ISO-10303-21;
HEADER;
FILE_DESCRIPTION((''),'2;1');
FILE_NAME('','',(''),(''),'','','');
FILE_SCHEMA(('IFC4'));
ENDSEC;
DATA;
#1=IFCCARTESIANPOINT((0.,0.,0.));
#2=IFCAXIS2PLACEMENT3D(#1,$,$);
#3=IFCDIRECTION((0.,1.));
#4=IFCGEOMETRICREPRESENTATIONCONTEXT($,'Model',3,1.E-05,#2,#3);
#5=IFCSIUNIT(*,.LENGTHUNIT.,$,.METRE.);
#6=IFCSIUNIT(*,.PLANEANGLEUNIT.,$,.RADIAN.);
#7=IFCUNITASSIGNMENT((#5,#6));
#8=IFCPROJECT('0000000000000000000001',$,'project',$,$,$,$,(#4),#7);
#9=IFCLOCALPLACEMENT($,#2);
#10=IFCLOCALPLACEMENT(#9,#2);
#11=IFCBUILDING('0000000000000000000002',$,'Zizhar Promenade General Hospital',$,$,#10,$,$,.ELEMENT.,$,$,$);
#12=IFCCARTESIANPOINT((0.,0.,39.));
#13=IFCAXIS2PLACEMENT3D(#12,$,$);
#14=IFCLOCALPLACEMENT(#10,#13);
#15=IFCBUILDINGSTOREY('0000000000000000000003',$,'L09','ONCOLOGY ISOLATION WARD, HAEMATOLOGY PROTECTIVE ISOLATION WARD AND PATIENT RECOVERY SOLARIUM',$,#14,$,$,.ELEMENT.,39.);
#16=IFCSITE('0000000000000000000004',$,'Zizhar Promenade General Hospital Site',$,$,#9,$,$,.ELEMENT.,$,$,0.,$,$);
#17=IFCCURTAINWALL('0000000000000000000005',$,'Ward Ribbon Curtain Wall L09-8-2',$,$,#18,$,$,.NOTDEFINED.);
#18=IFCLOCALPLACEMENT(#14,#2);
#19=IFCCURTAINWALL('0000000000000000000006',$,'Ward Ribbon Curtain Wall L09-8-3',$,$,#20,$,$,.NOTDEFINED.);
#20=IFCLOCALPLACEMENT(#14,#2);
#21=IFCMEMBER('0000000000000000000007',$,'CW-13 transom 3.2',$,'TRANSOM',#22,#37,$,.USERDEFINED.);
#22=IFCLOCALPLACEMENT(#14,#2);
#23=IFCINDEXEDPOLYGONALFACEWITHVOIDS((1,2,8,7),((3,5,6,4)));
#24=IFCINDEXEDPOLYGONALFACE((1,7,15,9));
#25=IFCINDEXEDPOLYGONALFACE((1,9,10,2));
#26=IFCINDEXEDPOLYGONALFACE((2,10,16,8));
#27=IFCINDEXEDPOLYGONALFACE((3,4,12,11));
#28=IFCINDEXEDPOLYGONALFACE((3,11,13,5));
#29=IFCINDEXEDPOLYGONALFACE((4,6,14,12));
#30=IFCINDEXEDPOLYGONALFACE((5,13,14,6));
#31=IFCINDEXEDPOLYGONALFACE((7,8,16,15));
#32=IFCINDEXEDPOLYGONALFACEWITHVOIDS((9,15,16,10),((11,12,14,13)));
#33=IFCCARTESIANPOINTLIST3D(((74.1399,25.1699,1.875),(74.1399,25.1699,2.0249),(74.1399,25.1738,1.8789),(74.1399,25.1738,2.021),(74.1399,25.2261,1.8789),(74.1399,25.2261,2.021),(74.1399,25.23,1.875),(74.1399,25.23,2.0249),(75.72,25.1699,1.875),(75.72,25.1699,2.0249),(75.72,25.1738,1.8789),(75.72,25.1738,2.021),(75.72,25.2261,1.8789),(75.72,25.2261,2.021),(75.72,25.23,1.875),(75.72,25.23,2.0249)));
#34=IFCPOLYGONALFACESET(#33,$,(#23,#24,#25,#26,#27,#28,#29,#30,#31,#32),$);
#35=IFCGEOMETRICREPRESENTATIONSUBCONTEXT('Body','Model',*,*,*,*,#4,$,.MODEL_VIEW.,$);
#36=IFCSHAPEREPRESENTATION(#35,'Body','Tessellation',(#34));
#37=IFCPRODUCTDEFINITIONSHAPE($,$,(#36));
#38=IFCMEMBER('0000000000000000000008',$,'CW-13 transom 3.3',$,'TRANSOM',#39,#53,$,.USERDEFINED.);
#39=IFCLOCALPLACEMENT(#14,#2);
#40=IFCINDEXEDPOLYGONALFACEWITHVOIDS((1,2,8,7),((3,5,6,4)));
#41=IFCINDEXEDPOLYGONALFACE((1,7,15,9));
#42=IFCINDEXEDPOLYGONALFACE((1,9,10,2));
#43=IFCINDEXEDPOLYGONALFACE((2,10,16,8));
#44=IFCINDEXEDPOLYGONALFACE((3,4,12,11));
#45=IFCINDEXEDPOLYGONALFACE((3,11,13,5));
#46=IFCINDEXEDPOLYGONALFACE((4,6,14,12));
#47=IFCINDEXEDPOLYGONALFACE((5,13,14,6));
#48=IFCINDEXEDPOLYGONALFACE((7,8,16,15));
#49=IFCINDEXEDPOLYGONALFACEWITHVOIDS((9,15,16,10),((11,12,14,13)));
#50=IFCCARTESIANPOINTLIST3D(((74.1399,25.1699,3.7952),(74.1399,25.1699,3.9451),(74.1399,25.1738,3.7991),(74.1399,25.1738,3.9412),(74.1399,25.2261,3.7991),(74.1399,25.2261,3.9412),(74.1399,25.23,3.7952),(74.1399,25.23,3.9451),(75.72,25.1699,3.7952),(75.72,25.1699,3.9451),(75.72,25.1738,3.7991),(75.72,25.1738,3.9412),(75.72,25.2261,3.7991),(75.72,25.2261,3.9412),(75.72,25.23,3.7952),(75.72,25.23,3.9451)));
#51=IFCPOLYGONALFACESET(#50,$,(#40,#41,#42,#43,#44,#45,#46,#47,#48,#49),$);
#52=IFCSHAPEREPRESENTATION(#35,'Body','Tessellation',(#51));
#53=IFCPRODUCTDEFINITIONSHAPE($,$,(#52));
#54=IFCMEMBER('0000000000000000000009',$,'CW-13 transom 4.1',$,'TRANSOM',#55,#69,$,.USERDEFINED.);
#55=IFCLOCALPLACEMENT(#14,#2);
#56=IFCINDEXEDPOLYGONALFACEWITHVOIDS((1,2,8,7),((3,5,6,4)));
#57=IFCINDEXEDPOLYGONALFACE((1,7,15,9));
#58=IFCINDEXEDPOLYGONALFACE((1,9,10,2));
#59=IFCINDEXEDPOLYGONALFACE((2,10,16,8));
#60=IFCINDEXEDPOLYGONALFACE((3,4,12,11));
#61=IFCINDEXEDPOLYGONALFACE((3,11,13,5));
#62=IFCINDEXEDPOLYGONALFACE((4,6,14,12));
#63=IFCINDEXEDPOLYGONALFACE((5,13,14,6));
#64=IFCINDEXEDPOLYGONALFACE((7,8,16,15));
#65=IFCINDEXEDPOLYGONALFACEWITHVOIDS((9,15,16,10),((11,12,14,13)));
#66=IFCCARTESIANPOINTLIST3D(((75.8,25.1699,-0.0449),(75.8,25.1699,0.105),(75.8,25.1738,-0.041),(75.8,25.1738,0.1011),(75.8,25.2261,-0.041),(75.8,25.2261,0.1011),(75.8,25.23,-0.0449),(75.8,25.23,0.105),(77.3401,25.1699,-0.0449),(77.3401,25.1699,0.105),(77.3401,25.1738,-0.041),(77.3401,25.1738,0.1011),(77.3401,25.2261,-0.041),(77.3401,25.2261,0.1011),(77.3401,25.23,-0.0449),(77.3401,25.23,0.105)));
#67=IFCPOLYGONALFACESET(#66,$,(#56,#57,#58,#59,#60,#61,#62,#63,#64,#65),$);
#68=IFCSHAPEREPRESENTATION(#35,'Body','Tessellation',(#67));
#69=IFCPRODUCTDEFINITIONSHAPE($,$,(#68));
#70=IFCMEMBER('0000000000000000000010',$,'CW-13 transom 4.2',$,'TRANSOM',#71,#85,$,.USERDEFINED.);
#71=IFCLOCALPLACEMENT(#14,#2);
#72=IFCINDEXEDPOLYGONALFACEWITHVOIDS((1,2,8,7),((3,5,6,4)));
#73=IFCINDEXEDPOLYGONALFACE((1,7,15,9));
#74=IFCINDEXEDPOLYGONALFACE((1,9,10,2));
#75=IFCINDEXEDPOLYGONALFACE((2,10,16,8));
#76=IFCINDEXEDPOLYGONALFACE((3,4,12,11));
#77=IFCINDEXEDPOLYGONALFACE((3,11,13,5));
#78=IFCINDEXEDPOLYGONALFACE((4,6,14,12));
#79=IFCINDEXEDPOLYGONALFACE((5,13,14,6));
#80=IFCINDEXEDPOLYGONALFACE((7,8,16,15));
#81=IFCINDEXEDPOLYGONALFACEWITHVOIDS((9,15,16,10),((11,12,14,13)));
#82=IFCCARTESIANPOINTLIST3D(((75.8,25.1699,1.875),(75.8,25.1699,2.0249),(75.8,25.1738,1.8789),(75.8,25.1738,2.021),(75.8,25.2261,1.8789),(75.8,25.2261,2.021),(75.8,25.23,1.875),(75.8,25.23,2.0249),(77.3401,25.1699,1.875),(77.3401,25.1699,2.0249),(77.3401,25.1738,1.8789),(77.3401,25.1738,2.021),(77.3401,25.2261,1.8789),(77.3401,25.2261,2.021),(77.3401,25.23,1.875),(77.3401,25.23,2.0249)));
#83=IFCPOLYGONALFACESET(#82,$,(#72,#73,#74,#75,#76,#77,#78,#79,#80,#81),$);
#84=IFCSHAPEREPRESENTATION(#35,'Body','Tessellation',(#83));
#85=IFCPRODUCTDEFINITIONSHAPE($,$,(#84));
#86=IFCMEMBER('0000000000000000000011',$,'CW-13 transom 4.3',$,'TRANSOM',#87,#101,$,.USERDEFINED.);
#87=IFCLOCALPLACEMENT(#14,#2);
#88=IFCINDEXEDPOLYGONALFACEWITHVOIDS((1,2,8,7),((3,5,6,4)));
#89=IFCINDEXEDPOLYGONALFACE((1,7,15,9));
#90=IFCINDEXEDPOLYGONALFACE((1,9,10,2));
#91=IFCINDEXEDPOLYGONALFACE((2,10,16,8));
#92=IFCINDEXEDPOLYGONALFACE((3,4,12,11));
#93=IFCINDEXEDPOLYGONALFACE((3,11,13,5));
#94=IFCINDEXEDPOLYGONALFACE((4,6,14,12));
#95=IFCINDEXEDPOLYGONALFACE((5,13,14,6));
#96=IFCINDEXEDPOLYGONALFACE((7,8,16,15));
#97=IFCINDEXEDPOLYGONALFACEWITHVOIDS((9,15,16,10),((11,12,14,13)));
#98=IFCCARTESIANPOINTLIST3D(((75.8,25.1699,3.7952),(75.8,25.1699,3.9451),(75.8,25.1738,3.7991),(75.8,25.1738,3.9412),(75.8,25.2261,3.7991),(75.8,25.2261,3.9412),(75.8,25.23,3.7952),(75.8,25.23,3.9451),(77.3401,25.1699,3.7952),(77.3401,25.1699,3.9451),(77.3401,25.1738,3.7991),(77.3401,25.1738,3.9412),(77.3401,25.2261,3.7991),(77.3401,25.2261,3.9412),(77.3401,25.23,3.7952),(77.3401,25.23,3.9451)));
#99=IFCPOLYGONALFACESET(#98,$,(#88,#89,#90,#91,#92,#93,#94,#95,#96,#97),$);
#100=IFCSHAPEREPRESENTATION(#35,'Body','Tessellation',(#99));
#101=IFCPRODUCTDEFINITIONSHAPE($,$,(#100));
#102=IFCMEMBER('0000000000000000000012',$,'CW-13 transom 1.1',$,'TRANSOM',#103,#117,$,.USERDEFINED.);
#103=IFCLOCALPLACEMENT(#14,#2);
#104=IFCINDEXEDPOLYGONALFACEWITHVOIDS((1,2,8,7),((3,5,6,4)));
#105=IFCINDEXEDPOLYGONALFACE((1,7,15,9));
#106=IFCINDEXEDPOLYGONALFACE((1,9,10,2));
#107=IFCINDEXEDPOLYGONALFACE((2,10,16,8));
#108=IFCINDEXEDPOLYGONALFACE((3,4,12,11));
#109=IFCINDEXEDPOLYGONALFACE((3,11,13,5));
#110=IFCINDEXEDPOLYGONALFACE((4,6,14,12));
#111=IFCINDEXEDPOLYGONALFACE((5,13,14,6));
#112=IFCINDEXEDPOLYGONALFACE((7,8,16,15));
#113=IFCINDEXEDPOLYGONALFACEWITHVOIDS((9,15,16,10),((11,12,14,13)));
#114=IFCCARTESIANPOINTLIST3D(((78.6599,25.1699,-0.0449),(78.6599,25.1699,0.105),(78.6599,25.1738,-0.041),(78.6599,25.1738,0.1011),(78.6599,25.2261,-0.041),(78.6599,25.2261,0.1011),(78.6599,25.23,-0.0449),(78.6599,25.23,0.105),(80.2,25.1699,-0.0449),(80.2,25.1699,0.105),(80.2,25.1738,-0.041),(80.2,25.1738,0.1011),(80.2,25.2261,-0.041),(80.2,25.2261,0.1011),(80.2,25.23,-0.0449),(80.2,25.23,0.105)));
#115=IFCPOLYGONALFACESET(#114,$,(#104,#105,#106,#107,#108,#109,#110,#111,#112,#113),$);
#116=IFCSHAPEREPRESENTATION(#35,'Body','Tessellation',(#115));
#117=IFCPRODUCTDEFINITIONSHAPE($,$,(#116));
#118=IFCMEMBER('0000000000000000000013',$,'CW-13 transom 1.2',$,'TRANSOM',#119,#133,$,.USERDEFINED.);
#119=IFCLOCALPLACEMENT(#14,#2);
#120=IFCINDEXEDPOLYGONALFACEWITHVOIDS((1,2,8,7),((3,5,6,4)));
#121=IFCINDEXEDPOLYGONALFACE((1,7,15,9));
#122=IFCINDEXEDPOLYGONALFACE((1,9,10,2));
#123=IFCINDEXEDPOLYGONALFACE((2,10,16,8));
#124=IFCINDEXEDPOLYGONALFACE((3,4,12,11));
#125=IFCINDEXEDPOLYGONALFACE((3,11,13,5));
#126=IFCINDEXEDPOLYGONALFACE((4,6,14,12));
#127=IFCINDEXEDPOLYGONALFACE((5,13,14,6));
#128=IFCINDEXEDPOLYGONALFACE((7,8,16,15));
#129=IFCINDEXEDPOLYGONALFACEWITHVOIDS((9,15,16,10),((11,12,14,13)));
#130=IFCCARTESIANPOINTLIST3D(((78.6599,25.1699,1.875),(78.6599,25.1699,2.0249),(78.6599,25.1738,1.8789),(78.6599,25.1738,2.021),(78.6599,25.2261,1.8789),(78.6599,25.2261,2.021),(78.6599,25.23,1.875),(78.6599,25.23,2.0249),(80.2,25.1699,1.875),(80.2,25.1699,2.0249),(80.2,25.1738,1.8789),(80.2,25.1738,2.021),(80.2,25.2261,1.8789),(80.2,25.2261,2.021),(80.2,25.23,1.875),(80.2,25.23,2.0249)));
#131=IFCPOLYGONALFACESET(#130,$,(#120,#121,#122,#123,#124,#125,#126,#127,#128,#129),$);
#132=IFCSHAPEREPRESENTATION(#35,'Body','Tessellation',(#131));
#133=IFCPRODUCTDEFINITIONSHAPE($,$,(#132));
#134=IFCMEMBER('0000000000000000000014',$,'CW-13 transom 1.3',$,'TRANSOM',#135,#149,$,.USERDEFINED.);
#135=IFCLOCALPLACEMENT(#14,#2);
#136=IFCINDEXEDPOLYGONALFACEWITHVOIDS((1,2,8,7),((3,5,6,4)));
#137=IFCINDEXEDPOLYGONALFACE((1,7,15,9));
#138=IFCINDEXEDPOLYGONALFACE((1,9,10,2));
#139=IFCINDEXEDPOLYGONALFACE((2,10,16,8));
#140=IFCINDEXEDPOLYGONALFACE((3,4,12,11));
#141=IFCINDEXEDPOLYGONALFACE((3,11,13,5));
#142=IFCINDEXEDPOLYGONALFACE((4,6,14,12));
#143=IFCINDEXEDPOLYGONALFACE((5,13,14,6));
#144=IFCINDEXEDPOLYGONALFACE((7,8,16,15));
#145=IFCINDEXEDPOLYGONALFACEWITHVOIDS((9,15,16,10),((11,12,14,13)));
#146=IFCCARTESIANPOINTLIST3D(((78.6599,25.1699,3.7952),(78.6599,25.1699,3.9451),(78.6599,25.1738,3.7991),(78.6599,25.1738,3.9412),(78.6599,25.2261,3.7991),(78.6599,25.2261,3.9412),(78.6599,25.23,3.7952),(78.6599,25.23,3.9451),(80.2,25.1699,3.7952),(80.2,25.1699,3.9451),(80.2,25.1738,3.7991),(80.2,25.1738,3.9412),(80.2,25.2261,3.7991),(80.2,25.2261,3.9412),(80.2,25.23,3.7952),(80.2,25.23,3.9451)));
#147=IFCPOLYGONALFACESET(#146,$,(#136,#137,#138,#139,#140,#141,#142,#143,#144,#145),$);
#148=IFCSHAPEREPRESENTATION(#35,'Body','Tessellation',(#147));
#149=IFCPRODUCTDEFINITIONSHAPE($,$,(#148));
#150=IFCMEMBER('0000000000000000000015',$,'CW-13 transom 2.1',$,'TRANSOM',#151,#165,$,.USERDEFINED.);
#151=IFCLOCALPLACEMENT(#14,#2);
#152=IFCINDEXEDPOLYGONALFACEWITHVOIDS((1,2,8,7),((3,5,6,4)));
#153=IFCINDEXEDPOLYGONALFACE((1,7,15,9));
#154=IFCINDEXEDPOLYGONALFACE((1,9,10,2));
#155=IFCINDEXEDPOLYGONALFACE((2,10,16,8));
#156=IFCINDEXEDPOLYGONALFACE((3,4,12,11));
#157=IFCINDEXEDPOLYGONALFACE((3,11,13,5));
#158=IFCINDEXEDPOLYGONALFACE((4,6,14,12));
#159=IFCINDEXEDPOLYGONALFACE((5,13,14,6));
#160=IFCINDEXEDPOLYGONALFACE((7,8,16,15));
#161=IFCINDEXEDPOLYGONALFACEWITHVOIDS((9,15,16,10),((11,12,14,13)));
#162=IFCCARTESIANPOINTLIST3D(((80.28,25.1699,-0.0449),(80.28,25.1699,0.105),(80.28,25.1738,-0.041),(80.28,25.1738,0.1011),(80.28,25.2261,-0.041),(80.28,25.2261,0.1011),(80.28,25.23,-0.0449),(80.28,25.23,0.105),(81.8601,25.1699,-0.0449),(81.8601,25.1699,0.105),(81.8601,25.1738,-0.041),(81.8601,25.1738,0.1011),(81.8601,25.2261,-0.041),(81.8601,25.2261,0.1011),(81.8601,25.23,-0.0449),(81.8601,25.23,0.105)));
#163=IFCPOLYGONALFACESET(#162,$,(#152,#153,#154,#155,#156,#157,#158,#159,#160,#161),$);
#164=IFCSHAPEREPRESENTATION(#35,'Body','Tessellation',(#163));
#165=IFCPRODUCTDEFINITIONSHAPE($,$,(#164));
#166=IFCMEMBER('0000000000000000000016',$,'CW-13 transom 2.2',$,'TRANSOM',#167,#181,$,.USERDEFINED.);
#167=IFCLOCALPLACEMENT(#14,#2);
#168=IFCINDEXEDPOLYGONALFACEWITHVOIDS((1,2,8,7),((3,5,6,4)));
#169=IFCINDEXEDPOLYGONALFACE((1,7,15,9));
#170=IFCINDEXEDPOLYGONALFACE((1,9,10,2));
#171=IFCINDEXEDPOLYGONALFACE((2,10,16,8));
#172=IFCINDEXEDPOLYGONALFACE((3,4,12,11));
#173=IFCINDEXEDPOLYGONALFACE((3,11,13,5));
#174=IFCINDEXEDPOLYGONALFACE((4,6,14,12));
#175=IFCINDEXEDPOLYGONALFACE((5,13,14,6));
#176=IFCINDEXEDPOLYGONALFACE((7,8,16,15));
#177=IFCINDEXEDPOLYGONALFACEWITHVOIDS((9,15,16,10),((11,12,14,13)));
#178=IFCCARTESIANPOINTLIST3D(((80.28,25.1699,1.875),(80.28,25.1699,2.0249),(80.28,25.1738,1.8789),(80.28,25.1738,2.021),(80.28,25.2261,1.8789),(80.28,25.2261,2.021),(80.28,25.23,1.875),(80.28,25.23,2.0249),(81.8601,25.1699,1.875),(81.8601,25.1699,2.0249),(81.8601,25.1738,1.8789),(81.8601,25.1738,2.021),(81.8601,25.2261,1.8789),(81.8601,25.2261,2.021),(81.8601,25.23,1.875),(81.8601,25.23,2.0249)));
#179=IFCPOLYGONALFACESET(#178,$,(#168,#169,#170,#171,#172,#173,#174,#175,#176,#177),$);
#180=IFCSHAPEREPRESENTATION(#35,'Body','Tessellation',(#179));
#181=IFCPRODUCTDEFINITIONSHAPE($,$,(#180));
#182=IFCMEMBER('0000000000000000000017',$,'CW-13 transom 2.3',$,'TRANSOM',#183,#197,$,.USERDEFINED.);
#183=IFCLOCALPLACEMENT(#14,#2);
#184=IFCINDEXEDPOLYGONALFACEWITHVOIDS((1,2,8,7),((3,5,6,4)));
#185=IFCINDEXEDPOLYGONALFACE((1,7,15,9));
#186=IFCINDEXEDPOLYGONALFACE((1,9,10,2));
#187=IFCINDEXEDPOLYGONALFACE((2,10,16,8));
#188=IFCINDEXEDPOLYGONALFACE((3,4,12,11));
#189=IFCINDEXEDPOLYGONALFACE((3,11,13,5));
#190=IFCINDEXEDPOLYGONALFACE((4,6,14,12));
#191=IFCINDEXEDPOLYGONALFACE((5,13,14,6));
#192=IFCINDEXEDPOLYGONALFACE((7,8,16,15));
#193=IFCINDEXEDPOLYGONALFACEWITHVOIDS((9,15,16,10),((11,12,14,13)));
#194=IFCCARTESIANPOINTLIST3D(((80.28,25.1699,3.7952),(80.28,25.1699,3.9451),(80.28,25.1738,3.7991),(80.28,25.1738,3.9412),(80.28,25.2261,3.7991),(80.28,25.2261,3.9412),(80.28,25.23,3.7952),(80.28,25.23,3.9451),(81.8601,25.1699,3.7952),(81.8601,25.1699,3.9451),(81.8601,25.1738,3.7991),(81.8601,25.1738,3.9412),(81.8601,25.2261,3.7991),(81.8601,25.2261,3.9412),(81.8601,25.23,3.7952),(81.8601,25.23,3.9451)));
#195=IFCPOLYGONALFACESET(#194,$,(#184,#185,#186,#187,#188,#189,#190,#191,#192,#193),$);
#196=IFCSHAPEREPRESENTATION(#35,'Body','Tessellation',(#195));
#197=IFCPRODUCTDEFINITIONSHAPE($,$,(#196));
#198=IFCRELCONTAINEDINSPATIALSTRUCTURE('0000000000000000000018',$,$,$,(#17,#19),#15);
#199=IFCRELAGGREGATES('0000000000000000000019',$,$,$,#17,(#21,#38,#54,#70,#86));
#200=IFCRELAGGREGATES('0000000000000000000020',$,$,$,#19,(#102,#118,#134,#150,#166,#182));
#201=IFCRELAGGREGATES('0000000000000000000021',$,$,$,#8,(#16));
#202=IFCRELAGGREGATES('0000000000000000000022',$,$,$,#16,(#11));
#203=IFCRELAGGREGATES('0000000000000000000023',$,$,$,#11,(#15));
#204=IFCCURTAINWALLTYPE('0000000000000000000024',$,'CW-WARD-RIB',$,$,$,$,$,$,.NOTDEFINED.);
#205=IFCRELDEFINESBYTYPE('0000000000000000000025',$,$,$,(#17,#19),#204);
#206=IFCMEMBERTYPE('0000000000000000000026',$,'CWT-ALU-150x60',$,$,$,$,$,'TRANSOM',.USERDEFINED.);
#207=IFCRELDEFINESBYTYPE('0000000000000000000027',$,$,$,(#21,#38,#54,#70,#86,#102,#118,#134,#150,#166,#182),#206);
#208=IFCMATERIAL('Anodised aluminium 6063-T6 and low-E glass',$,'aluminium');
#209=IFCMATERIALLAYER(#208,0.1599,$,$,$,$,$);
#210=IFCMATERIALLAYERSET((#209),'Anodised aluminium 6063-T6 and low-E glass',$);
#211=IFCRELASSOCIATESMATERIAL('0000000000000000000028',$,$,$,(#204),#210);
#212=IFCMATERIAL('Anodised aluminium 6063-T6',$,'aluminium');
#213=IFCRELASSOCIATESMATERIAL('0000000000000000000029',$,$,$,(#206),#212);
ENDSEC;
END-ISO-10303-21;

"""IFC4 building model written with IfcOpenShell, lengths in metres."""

from ifc_helpers import new_model, si_unit, direction, frame, origin, origin_2d, place, context, subcontext, project, spatial, hollow_rectangle, extrude, material, layer, layer_set, material_profile, profile_set, type_object, element, aggregate, save


model = new_model("IFC4")

# Units and contexts
model_context = context("Model", 3, precision=1e-05, world=origin(), true_north=direction((0.0, 1.0)))
body_context = subcontext(model_context, "Body", "Model", "MODEL_VIEW")
ifc_project = project(units=[si_unit("LENGTHUNIT", "METRE"), si_unit("PLANEANGLEUNIT", "RADIAN")], contexts=[model_context])

# Site, building, storey
site_placement = place(None, origin())
site = spatial("IfcSite", under=ifc_project, at=site_placement, Name="Zizhar Promenade General Hospital Site", CompositionType="ELEMENT", RefElevation=0.0)
building_placement = place(site_placement, origin())
building = spatial("IfcBuilding", under=site, at=building_placement, Name="Zizhar Promenade General Hospital", CompositionType="ELEMENT")
storey_placement = place(building_placement, frame((0.0, 0.0, 39.0)))
storey = spatial("IfcBuildingStorey", under=building, at=storey_placement, Name="L09", Description="ONCOLOGY ISOLATION WARD, HAEMATOLOGY PROTECTIVE ISOLATION WARD AND PATIENT RECOVERY SOLARIUM", CompositionType="ELEMENT", Elevation=39.0)

# Curtain walls
ifc_material_1 = material(Name="Anodised aluminium 6063-T6 and low-E glass", Category="aluminium")
ifc_layer_1 = layer(ifc_material_1, 0.1599)
ifc_layer_set_1 = layer_set([ifc_layer_1], Name="Anodised aluminium 6063-T6 and low-E glass")
curtain_wall_type = type_object("IfcCurtainWallType", Name="CW-WARD-RIB", PredefinedType="NOTDEFINED", material=ifc_layer_set_1)
curtain_wall_1_placement = place(storey_placement, origin())
curtain_wall_1 = element("IfcCurtainWall", 1, at=curtain_wall_1_placement, inside=storey, type_object=curtain_wall_type, Name="Ward Ribbon Curtain Wall L09-8-2", PredefinedType="NOTDEFINED")
curtain_wall_2_placement = place(storey_placement, origin())
curtain_wall_2 = element("IfcCurtainWall", 2, at=curtain_wall_2_placement, inside=storey, type_object=curtain_wall_type, Name="Ward Ribbon Curtain Wall L09-8-3", PredefinedType="NOTDEFINED")

# Members
ifc_material_2 = material(Name="Anodised aluminium 6063-T6", Category="aluminium")
ifc_material_profile_1 = material_profile(ifc_material_2, hollow_rectangle(XDim=0.0601, YDim=0.1499, WallThickness=0.0039, at=origin_2d()))
ifc_profile_set_1 = profile_set([ifc_material_profile_1], Name="Anodised aluminium 6063-T6")
member_type_1 = type_object("IfcMemberType", Name="CWT-ALU-150x60", ElementType="TRANSOM", PredefinedType="USERDEFINED", material=ifc_profile_set_1)
member_1_placement = place(storey_placement, frame((74.1399, 25.2, 1.95), z_axis=(1.0, 0.0, 0.0), x_axis=(0.0, 1.0, 0.0)))
member_1 = element("IfcMember", 3, at=member_1_placement, type_object=member_type_1, Name="CW-13 transom 3.2", ObjectType="TRANSOM", PredefinedType="USERDEFINED", context=body_context, shape_type="SweptSolid", body=[
    extrude(hollow_rectangle(XDim=0.0601, YDim=0.1499, WallThickness=0.0039, at=origin_2d()), origin(), (0.0, 0.0, 1.0), 1.5801),
])
member_2_placement = place(storey_placement, frame((74.1399, 25.2, 3.8701), z_axis=(1.0, 0.0, 0.0), x_axis=(0.0, 1.0, 0.0)))
member_2 = element("IfcMember", 4, at=member_2_placement, type_object=member_type_1, Name="CW-13 transom 3.3", ObjectType="TRANSOM", PredefinedType="USERDEFINED", context=body_context, shape_type="SweptSolid", body=[
    extrude(hollow_rectangle(XDim=0.0601, YDim=0.1499, WallThickness=0.0039, at=origin_2d()), origin(), (0.0, 0.0, 1.0), 1.5801),
])
member_3_placement = place(storey_placement, frame((75.8, 25.2, 0.03), z_axis=(1.0, 0.0, 0.0), x_axis=(0.0, 1.0, 0.0)))
member_3 = element("IfcMember", 5, at=member_3_placement, type_object=member_type_1, Name="CW-13 transom 4.1", ObjectType="TRANSOM", PredefinedType="USERDEFINED", context=body_context, shape_type="SweptSolid", body=[
    extrude(hollow_rectangle(XDim=0.0601, YDim=0.1499, WallThickness=0.0039, at=origin_2d()), origin(), (0.0, 0.0, 1.0), 1.54),
])
member_4_placement = place(storey_placement, frame((75.8, 25.2, 1.95), z_axis=(1.0, 0.0, 0.0), x_axis=(0.0, 1.0, 0.0)))
member_4 = element("IfcMember", 6, at=member_4_placement, type_object=member_type_1, Name="CW-13 transom 4.2", ObjectType="TRANSOM", PredefinedType="USERDEFINED", context=body_context, shape_type="SweptSolid", body=[
    extrude(hollow_rectangle(XDim=0.0601, YDim=0.1499, WallThickness=0.0039, at=origin_2d()), origin(), (0.0, 0.0, 1.0), 1.54),
])
member_5_placement = place(storey_placement, frame((75.8, 25.2, 3.8701), z_axis=(1.0, 0.0, 0.0), x_axis=(0.0, 1.0, 0.0)))
member_5 = element("IfcMember", 7, at=member_5_placement, type_object=member_type_1, Name="CW-13 transom 4.3", ObjectType="TRANSOM", PredefinedType="USERDEFINED", context=body_context, shape_type="SweptSolid", body=[
    extrude(hollow_rectangle(XDim=0.0601, YDim=0.1499, WallThickness=0.0039, at=origin_2d()), origin(), (0.0, 0.0, 1.0), 1.54),
])
member_6_placement = place(storey_placement, frame((78.6599, 25.2, 0.03), z_axis=(1.0, 0.0, 0.0), x_axis=(0.0, 1.0, 0.0)))
member_6 = element("IfcMember", 8, at=member_6_placement, type_object=member_type_1, Name="CW-13 transom 1.1", ObjectType="TRANSOM", PredefinedType="USERDEFINED", context=body_context, shape_type="SweptSolid", body=[
    extrude(hollow_rectangle(XDim=0.0601, YDim=0.1499, WallThickness=0.0039, at=origin_2d()), origin(), (0.0, 0.0, 1.0), 1.54),
])
member_7_placement = place(storey_placement, frame((78.6599, 25.2, 1.95), z_axis=(1.0, 0.0, 0.0), x_axis=(0.0, 1.0, 0.0)))
member_7 = element("IfcMember", 9, at=member_7_placement, type_object=member_type_1, Name="CW-13 transom 1.2", ObjectType="TRANSOM", PredefinedType="USERDEFINED", context=body_context, shape_type="SweptSolid", body=[
    extrude(hollow_rectangle(XDim=0.0601, YDim=0.1499, WallThickness=0.0039, at=origin_2d()), origin(), (0.0, 0.0, 1.0), 1.54),
])
member_8_placement = place(storey_placement, frame((78.6599, 25.2, 3.8701), z_axis=(1.0, 0.0, 0.0), x_axis=(0.0, 1.0, 0.0)))
member_8 = element("IfcMember", 10, at=member_8_placement, type_object=member_type_1, Name="CW-13 transom 1.3", ObjectType="TRANSOM", PredefinedType="USERDEFINED", context=body_context, shape_type="SweptSolid", body=[
    extrude(hollow_rectangle(XDim=0.0601, YDim=0.1499, WallThickness=0.0039, at=origin_2d()), origin(), (0.0, 0.0, 1.0), 1.54),
])
member_9_placement = place(storey_placement, frame((80.28, 25.2, 0.03), z_axis=(1.0, 0.0, 0.0), x_axis=(0.0, 1.0, 0.0)))
member_9 = element("IfcMember", 11, at=member_9_placement, type_object=member_type_1, Name="CW-13 transom 2.1", ObjectType="TRANSOM", PredefinedType="USERDEFINED", context=body_context, shape_type="SweptSolid", body=[
    extrude(hollow_rectangle(XDim=0.0601, YDim=0.1499, WallThickness=0.0039, at=origin_2d()), origin(), (0.0, 0.0, 1.0), 1.5801),
])
member_10_placement = place(storey_placement, frame((80.28, 25.2, 1.95), z_axis=(1.0, 0.0, 0.0), x_axis=(0.0, 1.0, 0.0)))
member_10 = element("IfcMember", 12, at=member_10_placement, type_object=member_type_1, Name="CW-13 transom 2.2", ObjectType="TRANSOM", PredefinedType="USERDEFINED", context=body_context, shape_type="SweptSolid", body=[
    extrude(hollow_rectangle(XDim=0.0601, YDim=0.1499, WallThickness=0.0039, at=origin_2d()), origin(), (0.0, 0.0, 1.0), 1.5801),
])
member_11_placement = place(storey_placement, frame((80.28, 25.2, 3.8701), z_axis=(1.0, 0.0, 0.0), x_axis=(0.0, 1.0, 0.0)))
member_11 = element("IfcMember", 13, at=member_11_placement, type_object=member_type_1, Name="CW-13 transom 2.3", ObjectType="TRANSOM", PredefinedType="USERDEFINED", context=body_context, shape_type="SweptSolid", body=[
    extrude(hollow_rectangle(XDim=0.0601, YDim=0.1499, WallThickness=0.0039, at=origin_2d()), origin(), (0.0, 0.0, 1.0), 1.5801),
])

aggregate(curtain_wall_1, [member_1, member_2, member_3, member_4, member_5])
aggregate(curtain_wall_2, [member_6, member_7, member_8, member_9, member_10, member_11])

save(model, "model.ifc")
